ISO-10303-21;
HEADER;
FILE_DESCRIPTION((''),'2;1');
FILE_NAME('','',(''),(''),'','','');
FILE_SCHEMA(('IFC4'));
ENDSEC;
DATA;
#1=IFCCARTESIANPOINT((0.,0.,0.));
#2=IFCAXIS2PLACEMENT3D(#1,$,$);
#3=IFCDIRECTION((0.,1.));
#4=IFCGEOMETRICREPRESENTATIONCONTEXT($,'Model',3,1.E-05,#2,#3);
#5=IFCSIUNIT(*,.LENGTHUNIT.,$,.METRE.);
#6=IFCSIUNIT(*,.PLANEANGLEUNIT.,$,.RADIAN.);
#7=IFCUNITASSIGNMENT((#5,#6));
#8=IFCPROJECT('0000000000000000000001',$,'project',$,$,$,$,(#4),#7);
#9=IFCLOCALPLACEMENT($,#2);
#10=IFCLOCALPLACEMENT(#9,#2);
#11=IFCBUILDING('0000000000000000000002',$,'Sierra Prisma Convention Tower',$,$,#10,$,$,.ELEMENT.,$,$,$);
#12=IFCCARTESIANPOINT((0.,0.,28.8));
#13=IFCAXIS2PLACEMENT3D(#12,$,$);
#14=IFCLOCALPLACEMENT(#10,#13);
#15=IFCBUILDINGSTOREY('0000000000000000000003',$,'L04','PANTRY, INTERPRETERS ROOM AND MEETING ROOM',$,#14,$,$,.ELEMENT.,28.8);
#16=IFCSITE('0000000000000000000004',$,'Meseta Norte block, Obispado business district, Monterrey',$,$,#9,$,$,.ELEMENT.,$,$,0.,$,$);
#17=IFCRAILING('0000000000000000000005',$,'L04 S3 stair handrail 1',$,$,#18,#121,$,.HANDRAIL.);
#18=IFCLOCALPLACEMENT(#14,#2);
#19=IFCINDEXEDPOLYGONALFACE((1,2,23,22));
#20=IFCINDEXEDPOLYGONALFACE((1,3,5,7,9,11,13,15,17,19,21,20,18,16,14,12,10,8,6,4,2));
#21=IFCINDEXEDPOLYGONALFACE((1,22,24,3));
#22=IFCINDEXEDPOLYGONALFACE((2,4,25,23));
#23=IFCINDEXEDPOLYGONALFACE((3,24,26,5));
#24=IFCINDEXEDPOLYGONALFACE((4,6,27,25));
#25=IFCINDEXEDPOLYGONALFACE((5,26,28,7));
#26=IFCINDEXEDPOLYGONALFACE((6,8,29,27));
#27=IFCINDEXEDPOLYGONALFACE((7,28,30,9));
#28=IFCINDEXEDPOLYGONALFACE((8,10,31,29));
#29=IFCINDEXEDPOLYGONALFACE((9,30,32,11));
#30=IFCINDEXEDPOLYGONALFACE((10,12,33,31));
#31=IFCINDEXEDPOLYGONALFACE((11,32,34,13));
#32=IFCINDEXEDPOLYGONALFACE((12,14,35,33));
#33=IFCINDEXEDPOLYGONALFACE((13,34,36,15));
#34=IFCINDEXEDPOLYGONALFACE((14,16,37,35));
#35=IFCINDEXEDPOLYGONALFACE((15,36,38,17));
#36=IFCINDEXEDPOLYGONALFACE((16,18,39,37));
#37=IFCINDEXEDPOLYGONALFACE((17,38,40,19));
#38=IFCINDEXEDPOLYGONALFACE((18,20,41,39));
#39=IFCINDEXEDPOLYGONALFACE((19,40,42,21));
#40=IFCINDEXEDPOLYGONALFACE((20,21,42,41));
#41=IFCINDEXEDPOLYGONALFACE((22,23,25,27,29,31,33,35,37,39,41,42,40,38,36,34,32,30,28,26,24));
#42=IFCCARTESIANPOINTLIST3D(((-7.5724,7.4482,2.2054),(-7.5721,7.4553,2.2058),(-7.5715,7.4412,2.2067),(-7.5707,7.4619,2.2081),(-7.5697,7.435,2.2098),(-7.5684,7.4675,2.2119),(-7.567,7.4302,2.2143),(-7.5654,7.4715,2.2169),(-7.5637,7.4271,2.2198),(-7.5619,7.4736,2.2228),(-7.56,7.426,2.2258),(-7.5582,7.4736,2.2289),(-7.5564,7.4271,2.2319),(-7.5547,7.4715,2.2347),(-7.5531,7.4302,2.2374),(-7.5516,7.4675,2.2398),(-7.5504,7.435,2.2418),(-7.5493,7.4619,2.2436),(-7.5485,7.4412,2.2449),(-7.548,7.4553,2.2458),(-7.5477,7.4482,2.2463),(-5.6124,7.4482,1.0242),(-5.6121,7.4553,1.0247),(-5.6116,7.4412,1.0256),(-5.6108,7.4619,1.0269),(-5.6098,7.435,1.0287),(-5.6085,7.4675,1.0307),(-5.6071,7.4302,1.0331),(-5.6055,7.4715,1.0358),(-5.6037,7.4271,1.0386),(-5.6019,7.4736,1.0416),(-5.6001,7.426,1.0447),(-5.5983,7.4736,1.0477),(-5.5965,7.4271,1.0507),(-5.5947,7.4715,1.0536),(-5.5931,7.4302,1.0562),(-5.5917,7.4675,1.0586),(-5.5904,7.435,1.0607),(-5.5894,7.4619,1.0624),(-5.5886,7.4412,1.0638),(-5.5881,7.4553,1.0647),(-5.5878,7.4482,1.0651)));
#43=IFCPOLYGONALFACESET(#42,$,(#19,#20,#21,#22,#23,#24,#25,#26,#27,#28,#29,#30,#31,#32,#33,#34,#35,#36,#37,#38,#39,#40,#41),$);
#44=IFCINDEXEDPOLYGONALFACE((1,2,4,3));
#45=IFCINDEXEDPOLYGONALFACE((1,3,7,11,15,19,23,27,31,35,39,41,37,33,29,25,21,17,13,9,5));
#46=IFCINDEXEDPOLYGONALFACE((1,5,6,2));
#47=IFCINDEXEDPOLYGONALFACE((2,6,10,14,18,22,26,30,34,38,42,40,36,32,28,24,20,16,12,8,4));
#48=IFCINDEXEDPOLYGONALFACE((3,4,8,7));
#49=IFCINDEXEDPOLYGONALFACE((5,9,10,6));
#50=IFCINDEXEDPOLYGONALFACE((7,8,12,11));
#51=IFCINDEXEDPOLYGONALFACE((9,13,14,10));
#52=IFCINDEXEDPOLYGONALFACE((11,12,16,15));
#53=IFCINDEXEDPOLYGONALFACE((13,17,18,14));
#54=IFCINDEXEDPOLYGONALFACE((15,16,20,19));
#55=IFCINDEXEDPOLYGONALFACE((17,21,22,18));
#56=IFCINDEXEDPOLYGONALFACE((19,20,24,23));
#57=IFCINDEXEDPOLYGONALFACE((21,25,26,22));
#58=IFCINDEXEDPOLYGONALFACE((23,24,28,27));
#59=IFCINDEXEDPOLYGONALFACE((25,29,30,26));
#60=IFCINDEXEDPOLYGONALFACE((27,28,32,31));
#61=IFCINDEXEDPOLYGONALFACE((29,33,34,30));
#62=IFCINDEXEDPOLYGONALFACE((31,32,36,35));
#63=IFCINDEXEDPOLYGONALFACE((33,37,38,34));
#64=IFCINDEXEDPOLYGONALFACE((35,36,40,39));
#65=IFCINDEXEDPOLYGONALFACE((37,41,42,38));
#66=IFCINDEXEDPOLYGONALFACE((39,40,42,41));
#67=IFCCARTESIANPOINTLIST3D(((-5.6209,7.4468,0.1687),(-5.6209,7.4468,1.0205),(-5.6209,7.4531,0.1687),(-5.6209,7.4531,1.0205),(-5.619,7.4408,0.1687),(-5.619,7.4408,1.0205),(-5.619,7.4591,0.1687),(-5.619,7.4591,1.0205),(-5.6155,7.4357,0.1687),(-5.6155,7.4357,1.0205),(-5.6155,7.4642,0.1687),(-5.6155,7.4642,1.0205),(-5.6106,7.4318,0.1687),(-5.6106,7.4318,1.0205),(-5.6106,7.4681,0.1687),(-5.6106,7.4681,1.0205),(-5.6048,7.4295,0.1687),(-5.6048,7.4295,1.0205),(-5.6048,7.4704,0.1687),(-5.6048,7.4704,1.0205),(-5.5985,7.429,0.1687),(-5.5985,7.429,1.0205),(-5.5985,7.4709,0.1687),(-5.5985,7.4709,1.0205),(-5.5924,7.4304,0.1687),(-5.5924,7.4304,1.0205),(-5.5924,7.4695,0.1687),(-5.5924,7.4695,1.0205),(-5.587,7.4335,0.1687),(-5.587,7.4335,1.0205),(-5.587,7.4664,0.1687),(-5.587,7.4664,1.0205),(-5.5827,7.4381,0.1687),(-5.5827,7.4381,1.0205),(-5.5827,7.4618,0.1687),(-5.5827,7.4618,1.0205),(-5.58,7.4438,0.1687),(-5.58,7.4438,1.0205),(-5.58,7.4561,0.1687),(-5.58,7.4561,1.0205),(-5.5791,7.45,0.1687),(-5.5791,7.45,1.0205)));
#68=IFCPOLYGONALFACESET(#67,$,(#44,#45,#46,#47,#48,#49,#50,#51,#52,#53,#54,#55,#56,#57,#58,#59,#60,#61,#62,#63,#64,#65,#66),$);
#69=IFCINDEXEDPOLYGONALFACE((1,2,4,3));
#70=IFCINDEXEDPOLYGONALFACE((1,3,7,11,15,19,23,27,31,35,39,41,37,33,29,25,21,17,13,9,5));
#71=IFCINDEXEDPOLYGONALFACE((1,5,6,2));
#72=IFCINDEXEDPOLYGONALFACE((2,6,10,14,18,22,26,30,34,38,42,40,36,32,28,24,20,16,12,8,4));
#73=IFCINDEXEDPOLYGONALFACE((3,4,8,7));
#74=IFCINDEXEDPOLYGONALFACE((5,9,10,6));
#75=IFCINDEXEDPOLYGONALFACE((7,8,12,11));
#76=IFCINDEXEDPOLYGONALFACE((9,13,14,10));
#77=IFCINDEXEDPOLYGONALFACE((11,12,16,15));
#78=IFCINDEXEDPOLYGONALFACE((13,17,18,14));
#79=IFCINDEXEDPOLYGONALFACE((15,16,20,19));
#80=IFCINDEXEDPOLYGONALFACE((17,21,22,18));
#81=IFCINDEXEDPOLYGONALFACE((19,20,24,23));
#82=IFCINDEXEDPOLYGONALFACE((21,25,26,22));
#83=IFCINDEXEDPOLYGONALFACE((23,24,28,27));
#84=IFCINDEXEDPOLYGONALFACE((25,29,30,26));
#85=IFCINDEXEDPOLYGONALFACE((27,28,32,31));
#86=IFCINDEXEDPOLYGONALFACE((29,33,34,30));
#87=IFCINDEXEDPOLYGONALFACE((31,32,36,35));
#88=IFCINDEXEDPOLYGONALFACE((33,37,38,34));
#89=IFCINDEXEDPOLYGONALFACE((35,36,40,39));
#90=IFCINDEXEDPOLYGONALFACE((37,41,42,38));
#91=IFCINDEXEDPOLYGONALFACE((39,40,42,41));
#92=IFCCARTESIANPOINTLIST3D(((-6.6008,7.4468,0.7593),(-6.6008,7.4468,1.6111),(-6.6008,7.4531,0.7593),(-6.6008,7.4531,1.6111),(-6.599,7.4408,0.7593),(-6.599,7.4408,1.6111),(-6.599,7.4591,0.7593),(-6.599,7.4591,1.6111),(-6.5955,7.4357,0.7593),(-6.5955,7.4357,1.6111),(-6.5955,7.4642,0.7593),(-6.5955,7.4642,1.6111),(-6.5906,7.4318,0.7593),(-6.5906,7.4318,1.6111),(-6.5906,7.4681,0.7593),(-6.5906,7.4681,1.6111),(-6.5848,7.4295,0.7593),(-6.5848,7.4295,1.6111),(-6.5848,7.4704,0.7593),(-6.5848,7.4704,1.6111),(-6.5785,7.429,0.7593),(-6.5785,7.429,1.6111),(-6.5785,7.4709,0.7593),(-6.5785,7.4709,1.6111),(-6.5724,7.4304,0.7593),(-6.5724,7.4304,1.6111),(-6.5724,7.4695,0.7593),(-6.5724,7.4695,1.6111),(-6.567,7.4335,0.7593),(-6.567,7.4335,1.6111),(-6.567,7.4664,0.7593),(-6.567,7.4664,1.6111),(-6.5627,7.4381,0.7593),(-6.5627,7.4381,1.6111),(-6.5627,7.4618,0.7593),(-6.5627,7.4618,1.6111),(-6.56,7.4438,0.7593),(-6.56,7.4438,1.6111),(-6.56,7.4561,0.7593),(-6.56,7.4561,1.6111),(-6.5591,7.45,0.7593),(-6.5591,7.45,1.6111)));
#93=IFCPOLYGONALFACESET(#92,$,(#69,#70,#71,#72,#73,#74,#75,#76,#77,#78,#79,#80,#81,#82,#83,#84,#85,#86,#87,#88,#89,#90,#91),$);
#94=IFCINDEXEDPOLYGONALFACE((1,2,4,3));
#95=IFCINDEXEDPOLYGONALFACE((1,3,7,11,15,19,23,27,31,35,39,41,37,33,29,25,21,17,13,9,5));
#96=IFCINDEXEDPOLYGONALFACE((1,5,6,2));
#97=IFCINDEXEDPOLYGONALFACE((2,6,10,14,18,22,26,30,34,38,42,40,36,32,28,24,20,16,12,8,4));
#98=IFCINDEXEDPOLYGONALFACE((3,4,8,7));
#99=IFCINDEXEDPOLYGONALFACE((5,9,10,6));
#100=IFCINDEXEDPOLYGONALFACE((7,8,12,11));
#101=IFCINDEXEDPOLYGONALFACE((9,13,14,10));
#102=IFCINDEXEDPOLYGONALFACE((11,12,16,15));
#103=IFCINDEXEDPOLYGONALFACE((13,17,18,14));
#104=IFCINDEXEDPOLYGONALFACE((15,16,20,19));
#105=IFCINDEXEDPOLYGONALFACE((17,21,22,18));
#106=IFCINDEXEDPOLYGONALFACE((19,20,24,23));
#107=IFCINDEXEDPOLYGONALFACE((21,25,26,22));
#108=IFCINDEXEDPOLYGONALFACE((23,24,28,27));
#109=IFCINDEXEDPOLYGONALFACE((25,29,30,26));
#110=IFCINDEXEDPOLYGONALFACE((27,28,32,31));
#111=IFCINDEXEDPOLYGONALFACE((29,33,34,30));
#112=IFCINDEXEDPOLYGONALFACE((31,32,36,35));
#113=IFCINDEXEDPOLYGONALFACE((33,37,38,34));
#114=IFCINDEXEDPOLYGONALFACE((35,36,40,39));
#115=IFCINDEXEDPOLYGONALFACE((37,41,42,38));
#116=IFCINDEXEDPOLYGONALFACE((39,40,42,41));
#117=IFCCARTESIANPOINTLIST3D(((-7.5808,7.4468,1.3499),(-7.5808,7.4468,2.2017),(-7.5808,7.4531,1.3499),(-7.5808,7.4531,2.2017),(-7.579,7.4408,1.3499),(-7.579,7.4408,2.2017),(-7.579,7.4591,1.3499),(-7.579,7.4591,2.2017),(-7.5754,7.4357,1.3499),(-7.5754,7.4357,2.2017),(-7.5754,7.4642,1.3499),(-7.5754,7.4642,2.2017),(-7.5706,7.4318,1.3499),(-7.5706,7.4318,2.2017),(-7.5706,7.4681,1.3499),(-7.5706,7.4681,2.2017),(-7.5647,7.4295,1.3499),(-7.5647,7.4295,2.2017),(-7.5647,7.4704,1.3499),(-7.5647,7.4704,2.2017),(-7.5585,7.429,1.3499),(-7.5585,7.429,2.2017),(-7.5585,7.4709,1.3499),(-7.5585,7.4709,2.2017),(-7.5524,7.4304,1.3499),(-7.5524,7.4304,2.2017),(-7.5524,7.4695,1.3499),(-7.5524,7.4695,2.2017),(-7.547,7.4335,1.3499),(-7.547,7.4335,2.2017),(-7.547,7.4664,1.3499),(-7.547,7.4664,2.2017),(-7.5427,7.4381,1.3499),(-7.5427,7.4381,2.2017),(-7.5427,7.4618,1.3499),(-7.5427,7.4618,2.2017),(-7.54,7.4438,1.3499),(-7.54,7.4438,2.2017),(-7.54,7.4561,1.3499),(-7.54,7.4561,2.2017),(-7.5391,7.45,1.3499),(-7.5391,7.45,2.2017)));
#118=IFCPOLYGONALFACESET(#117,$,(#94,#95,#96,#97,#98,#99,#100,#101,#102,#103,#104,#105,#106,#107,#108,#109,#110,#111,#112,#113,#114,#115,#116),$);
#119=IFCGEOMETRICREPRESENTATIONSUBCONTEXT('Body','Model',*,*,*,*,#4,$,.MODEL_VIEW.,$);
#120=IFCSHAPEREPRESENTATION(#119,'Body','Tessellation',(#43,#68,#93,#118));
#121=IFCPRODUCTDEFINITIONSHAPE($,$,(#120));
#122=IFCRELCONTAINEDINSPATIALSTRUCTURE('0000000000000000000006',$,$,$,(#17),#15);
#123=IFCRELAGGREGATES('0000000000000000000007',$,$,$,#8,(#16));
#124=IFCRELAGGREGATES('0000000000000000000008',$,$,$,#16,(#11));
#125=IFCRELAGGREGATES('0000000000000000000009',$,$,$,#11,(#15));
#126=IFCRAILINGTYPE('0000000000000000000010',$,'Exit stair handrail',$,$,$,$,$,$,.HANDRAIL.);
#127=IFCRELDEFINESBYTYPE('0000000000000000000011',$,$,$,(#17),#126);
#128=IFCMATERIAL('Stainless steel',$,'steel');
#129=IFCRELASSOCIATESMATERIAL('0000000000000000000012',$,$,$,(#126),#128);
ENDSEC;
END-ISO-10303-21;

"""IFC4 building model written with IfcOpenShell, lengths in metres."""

from ifc_helpers import new_model, si_unit, direction, frame, origin, origin_2d, place, context, subcontext, project, spatial, circle, extrude, material, type_object, element, save


model = new_model("IFC4")

# Units and contexts
model_context = context("Model", 3, precision=1e-05, world=origin(), true_north=direction((0.0, 1.0)))
body_context = subcontext(model_context, "Body", "Model", "MODEL_VIEW")
ifc_project = project(units=[si_unit("LENGTHUNIT", "METRE"), si_unit("PLANEANGLEUNIT", "RADIAN")], contexts=[model_context])

# Site, building, storey
site_placement = place(None, origin())
site = spatial("IfcSite", under=ifc_project, at=site_placement, Name="Meseta Norte block, Obispado business district, Monterrey", CompositionType="ELEMENT", RefElevation=0.0)
building_placement = place(site_placement, origin())
building = spatial("IfcBuilding", under=site, at=building_placement, Name="Sierra Prisma Convention Tower", CompositionType="ELEMENT")
storey_placement = place(building_placement, frame((0.0, 0.0, 28.8)))
storey = spatial("IfcBuildingStorey", under=building, at=storey_placement, Name="L04", Description="PANTRY, INTERPRETERS ROOM AND MEETING ROOM", CompositionType="ELEMENT", Elevation=28.8)

# Railing
ifc_material_1 = material(Name="Stainless steel", Category="steel")
railing_type = type_object("IfcRailingType", Name="Exit stair handrail", PredefinedType="HANDRAIL", material=ifc_material_1)
railing_1_placement = place(storey_placement, frame((-5.6001, 7.45, 0.1687)))
element("IfcRailing", 1, at=railing_1_placement, inside=storey, type_object=railing_type, Name="L04 S3 stair handrail 1", PredefinedType="HANDRAIL", context=body_context, shape_type="SweptSolid", body=[
    extrude(circle(Radius=0.0239, at=origin_2d()), frame((0.0, 0.0, 0.876), z_axis=(-0.856493, 0.0, 0.516158), x_axis=(0.0, -1.0, 0.0)), (0.0, 0.0, 1.0), 2.2883),
    extrude(circle(Radius=0.021, at=origin_2d()), origin(), (0.0, 0.0, 1.0), 0.8518),
    extrude(circle(Radius=0.021, at=origin_2d()), frame((-0.98, 0.0, 0.5906)), (0.0, 0.0, 1.0), 0.8518),
    extrude(circle(Radius=0.021, at=origin_2d()), frame((-1.96, 0.0, 1.1812)), (0.0, 0.0, 1.0), 0.8518),
])

save(model, "model.ifc")
